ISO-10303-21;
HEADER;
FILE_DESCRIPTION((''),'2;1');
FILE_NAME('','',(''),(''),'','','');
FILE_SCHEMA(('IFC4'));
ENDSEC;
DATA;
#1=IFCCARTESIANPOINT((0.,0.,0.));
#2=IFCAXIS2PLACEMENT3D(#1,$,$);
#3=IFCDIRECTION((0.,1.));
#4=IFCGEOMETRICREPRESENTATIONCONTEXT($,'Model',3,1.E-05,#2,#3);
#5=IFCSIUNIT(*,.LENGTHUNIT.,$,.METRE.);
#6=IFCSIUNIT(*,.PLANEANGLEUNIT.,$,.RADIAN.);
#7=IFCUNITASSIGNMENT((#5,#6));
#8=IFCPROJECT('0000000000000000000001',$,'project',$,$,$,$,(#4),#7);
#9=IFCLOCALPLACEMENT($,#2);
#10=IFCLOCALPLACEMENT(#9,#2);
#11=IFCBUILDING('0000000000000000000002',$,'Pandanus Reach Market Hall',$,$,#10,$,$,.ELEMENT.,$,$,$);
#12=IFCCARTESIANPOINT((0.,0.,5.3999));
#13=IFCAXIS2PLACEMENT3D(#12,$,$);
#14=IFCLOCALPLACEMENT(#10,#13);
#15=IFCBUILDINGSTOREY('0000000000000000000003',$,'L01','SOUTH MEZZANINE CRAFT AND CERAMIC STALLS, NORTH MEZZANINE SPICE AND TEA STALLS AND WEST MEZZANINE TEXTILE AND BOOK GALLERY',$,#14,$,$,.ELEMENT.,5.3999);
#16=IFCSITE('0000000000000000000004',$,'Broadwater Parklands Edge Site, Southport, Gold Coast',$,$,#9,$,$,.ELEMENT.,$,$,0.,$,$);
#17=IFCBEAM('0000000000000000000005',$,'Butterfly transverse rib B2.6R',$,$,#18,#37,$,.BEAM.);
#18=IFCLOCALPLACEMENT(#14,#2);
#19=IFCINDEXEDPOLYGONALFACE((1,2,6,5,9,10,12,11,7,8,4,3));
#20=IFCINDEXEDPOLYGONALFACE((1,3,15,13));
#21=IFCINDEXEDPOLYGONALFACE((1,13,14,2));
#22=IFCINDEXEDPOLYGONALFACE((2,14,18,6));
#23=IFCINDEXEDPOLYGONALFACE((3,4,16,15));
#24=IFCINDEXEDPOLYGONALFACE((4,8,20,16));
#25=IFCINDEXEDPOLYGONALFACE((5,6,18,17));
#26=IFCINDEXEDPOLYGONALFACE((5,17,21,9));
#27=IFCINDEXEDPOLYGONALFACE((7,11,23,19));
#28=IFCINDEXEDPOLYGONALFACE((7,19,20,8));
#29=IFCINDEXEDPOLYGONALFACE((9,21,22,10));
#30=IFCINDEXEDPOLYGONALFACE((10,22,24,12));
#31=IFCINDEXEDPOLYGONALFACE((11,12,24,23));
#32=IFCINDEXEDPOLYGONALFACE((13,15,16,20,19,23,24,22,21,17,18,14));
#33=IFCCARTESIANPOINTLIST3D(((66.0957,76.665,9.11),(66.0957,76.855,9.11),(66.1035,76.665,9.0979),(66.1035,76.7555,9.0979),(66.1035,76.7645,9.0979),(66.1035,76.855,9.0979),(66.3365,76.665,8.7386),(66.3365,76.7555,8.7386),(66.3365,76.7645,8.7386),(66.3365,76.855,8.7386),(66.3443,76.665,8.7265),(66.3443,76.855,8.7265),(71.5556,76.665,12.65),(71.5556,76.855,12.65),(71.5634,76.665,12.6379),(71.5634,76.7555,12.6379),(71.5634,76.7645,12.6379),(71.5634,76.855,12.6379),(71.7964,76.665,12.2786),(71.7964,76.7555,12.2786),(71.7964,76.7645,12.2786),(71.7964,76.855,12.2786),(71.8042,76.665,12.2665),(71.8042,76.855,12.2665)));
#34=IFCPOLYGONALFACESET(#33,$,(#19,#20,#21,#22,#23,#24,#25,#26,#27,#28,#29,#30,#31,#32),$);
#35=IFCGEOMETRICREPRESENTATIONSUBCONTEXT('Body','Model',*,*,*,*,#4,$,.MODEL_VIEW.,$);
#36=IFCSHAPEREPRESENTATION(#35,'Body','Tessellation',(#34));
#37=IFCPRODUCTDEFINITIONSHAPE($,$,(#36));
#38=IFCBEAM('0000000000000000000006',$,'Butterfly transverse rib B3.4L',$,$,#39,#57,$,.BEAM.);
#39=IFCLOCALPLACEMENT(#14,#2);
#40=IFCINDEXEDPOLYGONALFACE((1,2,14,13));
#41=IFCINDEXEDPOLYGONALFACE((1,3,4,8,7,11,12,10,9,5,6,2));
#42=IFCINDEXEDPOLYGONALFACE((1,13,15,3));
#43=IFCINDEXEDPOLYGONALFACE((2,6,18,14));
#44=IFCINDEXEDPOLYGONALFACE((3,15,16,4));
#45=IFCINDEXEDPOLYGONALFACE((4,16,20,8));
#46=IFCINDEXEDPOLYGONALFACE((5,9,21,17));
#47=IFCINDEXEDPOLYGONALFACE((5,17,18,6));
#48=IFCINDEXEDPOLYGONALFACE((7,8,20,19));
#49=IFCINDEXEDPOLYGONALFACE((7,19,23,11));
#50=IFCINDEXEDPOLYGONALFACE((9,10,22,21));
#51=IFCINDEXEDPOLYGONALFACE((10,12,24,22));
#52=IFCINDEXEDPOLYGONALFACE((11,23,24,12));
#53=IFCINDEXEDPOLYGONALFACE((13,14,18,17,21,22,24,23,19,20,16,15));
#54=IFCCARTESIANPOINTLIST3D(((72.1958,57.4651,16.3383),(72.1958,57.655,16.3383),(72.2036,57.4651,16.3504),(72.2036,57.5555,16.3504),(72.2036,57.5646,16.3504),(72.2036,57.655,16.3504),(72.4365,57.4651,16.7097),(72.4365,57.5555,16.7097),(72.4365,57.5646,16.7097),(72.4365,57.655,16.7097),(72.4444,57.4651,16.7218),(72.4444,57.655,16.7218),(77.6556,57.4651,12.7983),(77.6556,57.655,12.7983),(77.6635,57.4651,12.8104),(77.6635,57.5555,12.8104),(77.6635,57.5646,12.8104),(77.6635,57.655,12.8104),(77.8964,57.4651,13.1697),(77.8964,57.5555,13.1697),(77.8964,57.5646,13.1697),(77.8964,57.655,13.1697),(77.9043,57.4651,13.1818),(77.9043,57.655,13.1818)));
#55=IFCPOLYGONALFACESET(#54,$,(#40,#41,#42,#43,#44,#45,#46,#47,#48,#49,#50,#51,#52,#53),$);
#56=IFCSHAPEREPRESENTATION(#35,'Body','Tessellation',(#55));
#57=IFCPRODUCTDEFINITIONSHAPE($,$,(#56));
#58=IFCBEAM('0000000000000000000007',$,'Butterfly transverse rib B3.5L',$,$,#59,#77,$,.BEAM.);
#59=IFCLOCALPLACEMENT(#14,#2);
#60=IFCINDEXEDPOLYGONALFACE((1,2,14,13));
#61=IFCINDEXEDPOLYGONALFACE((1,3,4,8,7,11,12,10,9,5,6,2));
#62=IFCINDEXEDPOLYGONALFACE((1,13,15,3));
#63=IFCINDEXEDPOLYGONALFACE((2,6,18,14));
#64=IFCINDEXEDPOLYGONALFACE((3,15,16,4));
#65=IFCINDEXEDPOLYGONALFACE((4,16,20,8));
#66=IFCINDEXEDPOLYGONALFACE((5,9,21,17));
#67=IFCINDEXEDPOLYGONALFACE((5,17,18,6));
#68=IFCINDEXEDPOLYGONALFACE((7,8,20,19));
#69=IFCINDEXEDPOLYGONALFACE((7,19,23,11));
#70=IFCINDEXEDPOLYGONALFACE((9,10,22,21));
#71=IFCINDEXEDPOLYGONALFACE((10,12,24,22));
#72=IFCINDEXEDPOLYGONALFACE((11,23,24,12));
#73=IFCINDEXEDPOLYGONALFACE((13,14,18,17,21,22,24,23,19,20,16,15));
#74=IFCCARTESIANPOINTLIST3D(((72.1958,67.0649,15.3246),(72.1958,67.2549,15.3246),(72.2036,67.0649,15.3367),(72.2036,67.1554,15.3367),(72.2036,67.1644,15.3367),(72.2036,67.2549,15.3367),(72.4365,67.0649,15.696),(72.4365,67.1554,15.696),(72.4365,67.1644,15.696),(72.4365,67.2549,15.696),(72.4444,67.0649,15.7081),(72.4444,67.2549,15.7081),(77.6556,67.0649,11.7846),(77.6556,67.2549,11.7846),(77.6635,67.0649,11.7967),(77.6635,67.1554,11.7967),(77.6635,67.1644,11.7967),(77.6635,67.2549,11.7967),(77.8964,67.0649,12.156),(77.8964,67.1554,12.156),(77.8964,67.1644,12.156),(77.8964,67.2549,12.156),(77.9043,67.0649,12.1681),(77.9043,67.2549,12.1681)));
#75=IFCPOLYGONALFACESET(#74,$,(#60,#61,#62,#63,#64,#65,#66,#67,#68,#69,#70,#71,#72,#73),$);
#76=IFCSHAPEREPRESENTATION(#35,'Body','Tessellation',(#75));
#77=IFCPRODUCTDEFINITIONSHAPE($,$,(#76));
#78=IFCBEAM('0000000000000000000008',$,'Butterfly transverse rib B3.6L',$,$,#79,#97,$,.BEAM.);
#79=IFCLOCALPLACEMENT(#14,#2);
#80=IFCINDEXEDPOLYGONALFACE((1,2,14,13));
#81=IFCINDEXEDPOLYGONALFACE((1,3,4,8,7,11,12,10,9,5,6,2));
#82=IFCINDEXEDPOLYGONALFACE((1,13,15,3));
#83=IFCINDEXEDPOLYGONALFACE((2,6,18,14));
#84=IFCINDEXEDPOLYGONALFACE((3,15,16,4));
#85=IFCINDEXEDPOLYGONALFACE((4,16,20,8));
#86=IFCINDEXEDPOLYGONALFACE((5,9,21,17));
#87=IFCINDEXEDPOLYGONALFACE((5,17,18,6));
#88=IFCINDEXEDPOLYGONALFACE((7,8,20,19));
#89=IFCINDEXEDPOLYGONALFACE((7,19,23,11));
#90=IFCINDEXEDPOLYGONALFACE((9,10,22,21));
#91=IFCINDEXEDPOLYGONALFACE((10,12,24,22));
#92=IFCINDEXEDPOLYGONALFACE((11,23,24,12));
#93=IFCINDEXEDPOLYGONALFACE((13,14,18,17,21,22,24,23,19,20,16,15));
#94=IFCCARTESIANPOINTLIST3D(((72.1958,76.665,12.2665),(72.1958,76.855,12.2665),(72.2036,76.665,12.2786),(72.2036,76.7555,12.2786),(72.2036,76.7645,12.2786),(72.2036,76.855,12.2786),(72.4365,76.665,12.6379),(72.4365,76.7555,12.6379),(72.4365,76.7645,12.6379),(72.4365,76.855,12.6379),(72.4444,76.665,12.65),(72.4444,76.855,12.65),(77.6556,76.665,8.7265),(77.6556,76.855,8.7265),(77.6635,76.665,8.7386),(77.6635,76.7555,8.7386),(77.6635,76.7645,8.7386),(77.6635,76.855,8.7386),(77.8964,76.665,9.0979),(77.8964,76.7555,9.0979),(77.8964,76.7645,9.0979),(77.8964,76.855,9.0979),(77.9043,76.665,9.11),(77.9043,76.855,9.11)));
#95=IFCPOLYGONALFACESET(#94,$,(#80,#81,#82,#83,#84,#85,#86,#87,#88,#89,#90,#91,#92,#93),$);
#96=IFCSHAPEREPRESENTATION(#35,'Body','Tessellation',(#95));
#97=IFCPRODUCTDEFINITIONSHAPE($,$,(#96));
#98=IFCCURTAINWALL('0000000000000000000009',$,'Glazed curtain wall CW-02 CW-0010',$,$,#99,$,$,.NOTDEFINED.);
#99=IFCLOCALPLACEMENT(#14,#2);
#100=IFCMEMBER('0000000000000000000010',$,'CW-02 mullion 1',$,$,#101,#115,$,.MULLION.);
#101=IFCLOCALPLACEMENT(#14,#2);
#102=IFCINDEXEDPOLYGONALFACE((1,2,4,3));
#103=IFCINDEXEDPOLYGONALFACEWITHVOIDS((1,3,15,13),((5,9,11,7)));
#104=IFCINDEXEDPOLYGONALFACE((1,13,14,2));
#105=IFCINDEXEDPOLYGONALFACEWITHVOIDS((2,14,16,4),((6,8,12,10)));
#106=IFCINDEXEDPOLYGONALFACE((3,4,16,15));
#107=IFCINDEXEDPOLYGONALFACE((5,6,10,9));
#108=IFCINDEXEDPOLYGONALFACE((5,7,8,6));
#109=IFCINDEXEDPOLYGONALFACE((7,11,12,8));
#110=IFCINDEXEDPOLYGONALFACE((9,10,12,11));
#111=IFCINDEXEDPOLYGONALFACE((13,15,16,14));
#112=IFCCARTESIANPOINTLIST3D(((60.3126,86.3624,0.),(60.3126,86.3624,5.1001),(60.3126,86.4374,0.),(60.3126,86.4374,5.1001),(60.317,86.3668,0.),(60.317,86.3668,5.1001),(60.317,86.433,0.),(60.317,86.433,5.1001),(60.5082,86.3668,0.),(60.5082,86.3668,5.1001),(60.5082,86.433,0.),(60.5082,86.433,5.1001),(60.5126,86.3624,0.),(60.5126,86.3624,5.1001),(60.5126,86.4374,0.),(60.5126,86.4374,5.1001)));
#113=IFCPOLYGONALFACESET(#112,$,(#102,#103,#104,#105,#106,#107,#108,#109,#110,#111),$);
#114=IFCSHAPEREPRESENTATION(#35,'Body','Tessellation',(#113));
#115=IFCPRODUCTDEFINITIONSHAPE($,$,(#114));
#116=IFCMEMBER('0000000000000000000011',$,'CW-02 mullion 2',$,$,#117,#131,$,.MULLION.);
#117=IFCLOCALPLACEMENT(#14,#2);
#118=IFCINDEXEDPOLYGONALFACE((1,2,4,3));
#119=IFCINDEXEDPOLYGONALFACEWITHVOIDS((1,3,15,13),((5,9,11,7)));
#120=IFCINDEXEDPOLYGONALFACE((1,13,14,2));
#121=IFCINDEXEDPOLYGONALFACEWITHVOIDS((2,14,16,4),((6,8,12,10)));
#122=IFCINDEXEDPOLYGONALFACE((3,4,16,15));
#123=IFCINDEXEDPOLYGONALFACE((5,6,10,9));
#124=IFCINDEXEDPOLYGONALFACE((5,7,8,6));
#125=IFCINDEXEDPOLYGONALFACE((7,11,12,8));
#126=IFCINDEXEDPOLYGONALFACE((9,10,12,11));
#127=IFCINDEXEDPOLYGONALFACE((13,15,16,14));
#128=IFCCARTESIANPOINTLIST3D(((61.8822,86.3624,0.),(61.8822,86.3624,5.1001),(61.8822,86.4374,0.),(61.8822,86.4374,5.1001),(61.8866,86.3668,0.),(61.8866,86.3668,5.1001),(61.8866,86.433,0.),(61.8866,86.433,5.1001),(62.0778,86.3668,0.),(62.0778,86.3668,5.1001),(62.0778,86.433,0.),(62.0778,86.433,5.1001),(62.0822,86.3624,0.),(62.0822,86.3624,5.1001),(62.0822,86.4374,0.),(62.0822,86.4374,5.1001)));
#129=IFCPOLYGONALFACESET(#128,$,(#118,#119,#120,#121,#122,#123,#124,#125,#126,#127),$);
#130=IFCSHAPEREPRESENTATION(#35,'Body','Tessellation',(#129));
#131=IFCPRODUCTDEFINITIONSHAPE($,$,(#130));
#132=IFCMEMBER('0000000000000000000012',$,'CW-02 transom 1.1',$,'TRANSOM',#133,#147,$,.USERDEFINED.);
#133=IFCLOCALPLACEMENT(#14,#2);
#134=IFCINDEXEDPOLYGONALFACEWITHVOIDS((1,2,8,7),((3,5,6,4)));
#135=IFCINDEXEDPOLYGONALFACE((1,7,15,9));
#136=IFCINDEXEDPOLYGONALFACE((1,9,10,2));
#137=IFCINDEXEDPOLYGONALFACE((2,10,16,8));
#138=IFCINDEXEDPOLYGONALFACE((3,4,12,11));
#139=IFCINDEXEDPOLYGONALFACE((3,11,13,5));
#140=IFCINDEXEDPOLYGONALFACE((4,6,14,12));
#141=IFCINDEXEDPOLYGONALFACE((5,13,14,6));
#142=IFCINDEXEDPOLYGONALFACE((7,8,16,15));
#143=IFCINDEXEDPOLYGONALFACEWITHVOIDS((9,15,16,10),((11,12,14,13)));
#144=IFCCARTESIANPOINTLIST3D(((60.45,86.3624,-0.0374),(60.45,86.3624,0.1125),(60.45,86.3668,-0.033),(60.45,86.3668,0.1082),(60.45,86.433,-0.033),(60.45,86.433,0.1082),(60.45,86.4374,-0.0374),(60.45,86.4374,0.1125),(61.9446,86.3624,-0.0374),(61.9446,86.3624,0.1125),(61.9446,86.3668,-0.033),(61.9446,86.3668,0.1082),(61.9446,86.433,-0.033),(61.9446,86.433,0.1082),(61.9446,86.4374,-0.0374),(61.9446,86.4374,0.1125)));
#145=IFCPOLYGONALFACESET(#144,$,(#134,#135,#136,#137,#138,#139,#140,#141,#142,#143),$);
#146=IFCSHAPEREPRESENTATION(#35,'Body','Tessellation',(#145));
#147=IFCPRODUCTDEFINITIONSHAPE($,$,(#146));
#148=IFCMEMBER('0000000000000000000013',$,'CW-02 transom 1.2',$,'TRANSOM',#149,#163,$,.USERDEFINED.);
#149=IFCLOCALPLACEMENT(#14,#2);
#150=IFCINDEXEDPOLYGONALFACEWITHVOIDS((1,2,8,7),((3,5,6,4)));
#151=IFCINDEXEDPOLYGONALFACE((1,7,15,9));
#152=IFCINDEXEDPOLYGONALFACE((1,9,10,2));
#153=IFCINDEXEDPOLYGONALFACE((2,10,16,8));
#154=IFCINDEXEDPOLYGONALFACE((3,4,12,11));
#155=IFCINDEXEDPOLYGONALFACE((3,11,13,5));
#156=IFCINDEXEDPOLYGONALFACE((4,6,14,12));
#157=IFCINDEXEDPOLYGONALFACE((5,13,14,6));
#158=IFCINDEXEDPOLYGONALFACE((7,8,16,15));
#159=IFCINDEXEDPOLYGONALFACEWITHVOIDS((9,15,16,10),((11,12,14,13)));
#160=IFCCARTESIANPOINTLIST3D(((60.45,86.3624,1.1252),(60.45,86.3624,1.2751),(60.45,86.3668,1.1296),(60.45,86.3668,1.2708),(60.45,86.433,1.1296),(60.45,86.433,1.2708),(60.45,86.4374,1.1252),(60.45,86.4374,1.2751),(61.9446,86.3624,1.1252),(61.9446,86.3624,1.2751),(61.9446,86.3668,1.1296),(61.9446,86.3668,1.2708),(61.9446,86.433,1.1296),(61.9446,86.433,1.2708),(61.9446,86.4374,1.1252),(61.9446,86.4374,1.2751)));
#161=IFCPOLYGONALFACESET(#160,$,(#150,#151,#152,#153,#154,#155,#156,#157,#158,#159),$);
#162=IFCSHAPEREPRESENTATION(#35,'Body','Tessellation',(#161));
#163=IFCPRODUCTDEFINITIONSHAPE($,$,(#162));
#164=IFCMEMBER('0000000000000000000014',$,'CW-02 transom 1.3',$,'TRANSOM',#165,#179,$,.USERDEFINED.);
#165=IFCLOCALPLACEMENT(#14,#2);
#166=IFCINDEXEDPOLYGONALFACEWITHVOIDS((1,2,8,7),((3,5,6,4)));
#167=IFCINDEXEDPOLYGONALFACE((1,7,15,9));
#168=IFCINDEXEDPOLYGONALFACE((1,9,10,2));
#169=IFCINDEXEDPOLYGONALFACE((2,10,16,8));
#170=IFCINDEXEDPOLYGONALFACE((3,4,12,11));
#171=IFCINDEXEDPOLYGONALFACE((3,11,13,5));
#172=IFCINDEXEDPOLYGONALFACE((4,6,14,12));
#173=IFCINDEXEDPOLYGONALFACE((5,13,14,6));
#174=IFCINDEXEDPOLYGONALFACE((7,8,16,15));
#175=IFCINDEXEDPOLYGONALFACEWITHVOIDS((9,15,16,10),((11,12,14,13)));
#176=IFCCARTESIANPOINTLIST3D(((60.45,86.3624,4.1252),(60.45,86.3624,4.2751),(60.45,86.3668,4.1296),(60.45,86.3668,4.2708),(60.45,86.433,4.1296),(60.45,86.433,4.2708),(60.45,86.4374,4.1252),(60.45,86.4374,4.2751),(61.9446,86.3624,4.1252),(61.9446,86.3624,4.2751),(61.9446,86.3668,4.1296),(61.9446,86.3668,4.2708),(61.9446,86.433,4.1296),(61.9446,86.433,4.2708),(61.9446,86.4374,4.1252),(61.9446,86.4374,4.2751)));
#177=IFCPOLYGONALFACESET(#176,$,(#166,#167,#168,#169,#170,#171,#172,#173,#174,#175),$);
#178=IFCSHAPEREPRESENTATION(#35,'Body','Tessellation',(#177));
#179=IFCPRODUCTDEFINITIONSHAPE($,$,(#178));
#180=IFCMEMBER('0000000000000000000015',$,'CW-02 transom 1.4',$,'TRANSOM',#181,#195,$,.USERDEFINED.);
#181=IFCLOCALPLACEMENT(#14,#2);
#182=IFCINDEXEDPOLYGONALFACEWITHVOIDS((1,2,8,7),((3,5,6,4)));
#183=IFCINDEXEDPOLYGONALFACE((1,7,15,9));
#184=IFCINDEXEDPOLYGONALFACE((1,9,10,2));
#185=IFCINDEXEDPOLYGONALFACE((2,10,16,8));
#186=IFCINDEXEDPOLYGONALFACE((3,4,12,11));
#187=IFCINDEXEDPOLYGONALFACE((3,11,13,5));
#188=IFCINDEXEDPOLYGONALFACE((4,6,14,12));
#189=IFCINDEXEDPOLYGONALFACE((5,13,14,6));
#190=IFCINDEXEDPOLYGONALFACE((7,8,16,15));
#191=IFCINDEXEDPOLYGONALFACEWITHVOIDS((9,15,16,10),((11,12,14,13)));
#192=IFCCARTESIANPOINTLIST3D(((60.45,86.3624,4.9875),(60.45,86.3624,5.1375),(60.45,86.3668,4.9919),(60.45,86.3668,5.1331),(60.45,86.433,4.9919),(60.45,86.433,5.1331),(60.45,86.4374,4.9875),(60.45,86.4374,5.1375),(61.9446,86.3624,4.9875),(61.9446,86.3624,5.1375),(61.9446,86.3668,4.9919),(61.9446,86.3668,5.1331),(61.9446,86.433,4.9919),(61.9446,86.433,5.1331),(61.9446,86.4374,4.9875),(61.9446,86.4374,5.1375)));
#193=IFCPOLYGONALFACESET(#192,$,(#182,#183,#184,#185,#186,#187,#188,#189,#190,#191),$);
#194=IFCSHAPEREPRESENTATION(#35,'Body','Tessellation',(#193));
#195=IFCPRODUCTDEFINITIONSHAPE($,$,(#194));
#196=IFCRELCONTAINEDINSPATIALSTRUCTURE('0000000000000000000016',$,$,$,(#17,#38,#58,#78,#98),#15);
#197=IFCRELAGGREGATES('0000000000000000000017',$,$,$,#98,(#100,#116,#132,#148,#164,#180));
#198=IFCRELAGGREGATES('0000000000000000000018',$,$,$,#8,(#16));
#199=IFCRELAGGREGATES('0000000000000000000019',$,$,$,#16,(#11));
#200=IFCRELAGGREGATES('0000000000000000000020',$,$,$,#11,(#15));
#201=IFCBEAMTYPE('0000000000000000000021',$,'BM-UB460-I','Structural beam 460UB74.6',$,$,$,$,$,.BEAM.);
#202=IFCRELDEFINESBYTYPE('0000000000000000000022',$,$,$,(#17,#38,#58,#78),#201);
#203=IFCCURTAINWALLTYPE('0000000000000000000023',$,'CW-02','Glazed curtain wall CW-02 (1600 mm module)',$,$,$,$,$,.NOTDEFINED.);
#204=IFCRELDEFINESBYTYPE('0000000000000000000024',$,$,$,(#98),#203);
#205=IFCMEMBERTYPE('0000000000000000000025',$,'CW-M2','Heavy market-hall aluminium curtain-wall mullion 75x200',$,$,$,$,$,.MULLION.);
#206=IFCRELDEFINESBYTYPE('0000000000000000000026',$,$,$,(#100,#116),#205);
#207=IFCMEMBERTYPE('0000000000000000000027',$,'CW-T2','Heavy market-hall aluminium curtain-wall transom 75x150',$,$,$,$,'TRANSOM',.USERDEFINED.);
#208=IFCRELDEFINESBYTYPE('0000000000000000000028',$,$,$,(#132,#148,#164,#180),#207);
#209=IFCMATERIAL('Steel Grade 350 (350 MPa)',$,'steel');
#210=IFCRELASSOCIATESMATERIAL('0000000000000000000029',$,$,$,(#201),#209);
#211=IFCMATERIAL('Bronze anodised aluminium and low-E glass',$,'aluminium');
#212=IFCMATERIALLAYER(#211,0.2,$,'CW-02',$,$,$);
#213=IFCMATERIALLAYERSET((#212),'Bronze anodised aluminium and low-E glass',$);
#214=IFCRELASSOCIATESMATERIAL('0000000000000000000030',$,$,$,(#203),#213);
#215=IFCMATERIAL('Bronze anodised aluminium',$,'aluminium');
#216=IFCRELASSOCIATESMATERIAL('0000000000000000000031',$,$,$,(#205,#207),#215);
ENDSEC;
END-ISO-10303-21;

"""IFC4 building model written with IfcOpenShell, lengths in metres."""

from ifc_helpers import new_model, si_unit, direction, frame, origin, origin_2d, place, context, subcontext, project, spatial, hollow_rectangle, i_section, extrude, material, layer, layer_set, material_profile, profile_set, type_object, element, aggregate, save


model = new_model("IFC4")

# Units and contexts
model_context = context("Model", 3, precision=1e-05, world=origin(), true_north=direction((0.0, 1.0)))
body_context = subcontext(model_context, "Body", "Model", "MODEL_VIEW")
ifc_project = project(units=[si_unit("LENGTHUNIT", "METRE"), si_unit("PLANEANGLEUNIT", "RADIAN")], contexts=[model_context])

# Site, building, storey
site_placement = place(None, origin())
site = spatial("IfcSite", under=ifc_project, at=site_placement, Name="Broadwater Parklands Edge Site, Southport, Gold Coast", CompositionType="ELEMENT", RefElevation=0.0)
building_placement = place(site_placement, origin())
building = spatial("IfcBuilding", under=site, at=building_placement, Name="Pandanus Reach Market Hall", CompositionType="ELEMENT")
storey_placement = place(building_placement, frame((0.0, 0.0, 5.3999)))
storey = spatial("IfcBuildingStorey", under=building, at=storey_placement, Name="L01", Description="SOUTH MEZZANINE CRAFT AND CERAMIC STALLS, NORTH MEZZANINE SPICE AND TEA STALLS AND WEST MEZZANINE TEXTILE AND BOOK GALLERY", CompositionType="ELEMENT", Elevation=5.3999)

# Beams
ifc_material_1 = material(Name="Steel Grade 350 (350 MPa)", Category="steel")
ifc_material_profile_1 = material_profile(ifc_material_1, i_section(OverallWidth=0.1899, OverallDepth=0.457, WebThickness=0.009, FlangeThickness=0.0144, at=origin_2d()), Name="460UB74.6", Category="LoadBearing")
ifc_profile_set_1 = profile_set([ifc_material_profile_1], Name="Steel Grade 350 (350 MPa)")
beam_type_1 = type_object("IfcBeamType", Name="BM-UB460-I", Description="Structural beam 460UB74.6", PredefinedType="BEAM", material=ifc_profile_set_1)
for number, where, z_axis, x_axis, name in (
    (1, (66.22, 76.76, 8.9182), (0.839071, 0.0, 0.544023), (0.0, 1.0, 0.0), "Butterfly transverse rib B2.6R"),
    (2, (72.3201, 57.5601, 16.53), (0.839071, 0.0, -0.544023), (0.0, 1.0, 0.0), "Butterfly transverse rib B3.4L"),
    (3, (72.3201, 67.1599, 15.5164), (0.839071, 0.0, -0.544023), (0.0, 1.0, 0.0), "Butterfly transverse rib B3.5L"),
    (4, (72.3201, 76.76, 12.4583), (0.839071, 0.0, -0.544023), (0.0, 1.0, 0.0), "Butterfly transverse rib B3.6L"),
):
    element("IfcBeam", number, at=place(storey_placement, frame(where, z_axis=z_axis, x_axis=x_axis)), inside=storey, type_object=beam_type_1, Name=name, PredefinedType="BEAM", context=body_context, shape_type="SweptSolid", body=[
        extrude(i_section(OverallWidth=0.1899, OverallDepth=0.457, WebThickness=0.009, FlangeThickness=0.0144, at=origin_2d()), origin(), (0.0, 0.0, 1.0), 6.5071),
    ])

# Curtain wall, members
ifc_material_2 = material(Name="Bronze anodised aluminium and low-E glass", Category="aluminium")
ifc_layer_1 = layer(ifc_material_2, 0.2, Name="CW-02")
ifc_layer_set_1 = layer_set([ifc_layer_1], Name="Bronze anodised aluminium and low-E glass")
curtain_wall_type = type_object("IfcCurtainWallType", Name="CW-02", Description="Glazed curtain wall CW-02 (1600 mm module)", PredefinedType="NOTDEFINED", material=ifc_layer_set_1)
curtain_wall_placement = place(storey_placement, origin())
curtain_wall = element("IfcCurtainWall", 5, at=curtain_wall_placement, inside=storey, type_object=curtain_wall_type, Name="Glazed curtain wall CW-02 CW-0010", PredefinedType="NOTDEFINED")
ifc_material_3 = material(Name="Bronze anodised aluminium", Category="aluminium")
ifc_material_profile_2 = material_profile(ifc_material_3, hollow_rectangle(XDim=0.075, YDim=0.2, WallThickness=0.0044, at=origin_2d()), Name="ALU75x200", Category="LoadBearing")
ifc_profile_set_2 = profile_set([ifc_material_profile_2], Name="Bronze anodised aluminium")
member_type_1 = type_object("IfcMemberType", Name="CW-M2", Description="Heavy market-hall aluminium curtain-wall mullion 75x200", PredefinedType="MULLION", material=ifc_profile_set_2)
member_1_placement = place(storey_placement, frame((60.4126, 86.3999, 0.0), z_axis=(0.0, 0.0, 1.0), x_axis=(0.0, 1.0, 0.0)))
member_1 = element("IfcMember", 6, at=member_1_placement, type_object=member_type_1, Name="CW-02 mullion 1", PredefinedType="MULLION", context=body_context, shape_type="SweptSolid", body=[
    extrude(hollow_rectangle(XDim=0.075, YDim=0.2, WallThickness=0.0044, at=origin_2d()), origin(), (0.0, 0.0, 1.0), 5.1001),
])
member_2_placement = place(storey_placement, frame((61.9822, 86.3999, 0.0), z_axis=(0.0, 0.0, 1.0), x_axis=(0.0, 1.0, 0.0)))
member_2 = element("IfcMember", 7, at=member_2_placement, type_object=member_type_1, Name="CW-02 mullion 2", PredefinedType="MULLION", context=body_context, shape_type="SweptSolid", body=[
    extrude(hollow_rectangle(XDim=0.075, YDim=0.2, WallThickness=0.0044, at=origin_2d()), origin(), (0.0, 0.0, 1.0), 5.1001),
])
ifc_material_profile_3 = material_profile(ifc_material_3, hollow_rectangle(XDim=0.075, YDim=0.1499, WallThickness=0.0044, at=origin_2d()), Name="ALU75x150", Category="LoadBearing")
ifc_profile_set_3 = profile_set([ifc_material_profile_3], Name="Bronze anodised aluminium")
member_type_2 = type_object("IfcMemberType", Name="CW-T2", Description="Heavy market-hall aluminium curtain-wall transom 75x150", ElementType="TRANSOM", PredefinedType="USERDEFINED", material=ifc_profile_set_3)
member_3_placement = place(storey_placement, frame((60.45, 86.3999, 0.0376), z_axis=(1.0, 0.0, 0.0), x_axis=(0.0, 1.0, 0.0)))
member_3 = element("IfcMember", 8, at=member_3_placement, type_object=member_type_2, Name="CW-02 transom 1.1", ObjectType="TRANSOM", PredefinedType="USERDEFINED", context=body_context, shape_type="SweptSolid", body=[
    extrude(hollow_rectangle(XDim=0.075, YDim=0.1499, WallThickness=0.0044, at=origin_2d()), origin(), (0.0, 0.0, 1.0), 1.4946),
])
member_4_placement = place(storey_placement, frame((60.45, 86.3999, 1.2002), z_axis=(1.0, 0.0, 0.0), x_axis=(0.0, 1.0, 0.0)))
member_4 = element("IfcMember", 9, at=member_4_placement, type_object=member_type_2, Name="CW-02 transom 1.2", ObjectType="TRANSOM", PredefinedType="USERDEFINED", context=body_context, shape_type="SweptSolid", body=[
    extrude(hollow_rectangle(XDim=0.075, YDim=0.1499, WallThickness=0.0044, at=origin_2d()), origin(), (0.0, 0.0, 1.0), 1.4946),
])
member_5_placement = place(storey_placement, frame((60.45, 86.3999, 4.2002), z_axis=(1.0, 0.0, 0.0), x_axis=(0.0, 1.0, 0.0)))
member_5 = element("IfcMember", 10, at=member_5_placement, type_object=member_type_2, Name="CW-02 transom 1.3", ObjectType="TRANSOM", PredefinedType="USERDEFINED", context=body_context, shape_type="SweptSolid", body=[
    extrude(hollow_rectangle(XDim=0.075, YDim=0.1499, WallThickness=0.0044, at=origin_2d()), origin(), (0.0, 0.0, 1.0), 1.4946),
])
member_6_placement = place(storey_placement, frame((60.45, 86.3999, 5.0625), z_axis=(1.0, 0.0, 0.0), x_axis=(0.0, 1.0, 0.0)))
member_6 = element("IfcMember", 11, at=member_6_placement, type_object=member_type_2, Name="CW-02 transom 1.4", ObjectType="TRANSOM", PredefinedType="USERDEFINED", context=body_context, shape_type="SweptSolid", body=[
    extrude(hollow_rectangle(XDim=0.075, YDim=0.1499, WallThickness=0.0044, at=origin_2d()), origin(), (0.0, 0.0, 1.0), 1.4946),
])
aggregate(curtain_wall, [member_1, member_2, member_3, member_4, member_5, member_6])

save(model, "model.ifc")
